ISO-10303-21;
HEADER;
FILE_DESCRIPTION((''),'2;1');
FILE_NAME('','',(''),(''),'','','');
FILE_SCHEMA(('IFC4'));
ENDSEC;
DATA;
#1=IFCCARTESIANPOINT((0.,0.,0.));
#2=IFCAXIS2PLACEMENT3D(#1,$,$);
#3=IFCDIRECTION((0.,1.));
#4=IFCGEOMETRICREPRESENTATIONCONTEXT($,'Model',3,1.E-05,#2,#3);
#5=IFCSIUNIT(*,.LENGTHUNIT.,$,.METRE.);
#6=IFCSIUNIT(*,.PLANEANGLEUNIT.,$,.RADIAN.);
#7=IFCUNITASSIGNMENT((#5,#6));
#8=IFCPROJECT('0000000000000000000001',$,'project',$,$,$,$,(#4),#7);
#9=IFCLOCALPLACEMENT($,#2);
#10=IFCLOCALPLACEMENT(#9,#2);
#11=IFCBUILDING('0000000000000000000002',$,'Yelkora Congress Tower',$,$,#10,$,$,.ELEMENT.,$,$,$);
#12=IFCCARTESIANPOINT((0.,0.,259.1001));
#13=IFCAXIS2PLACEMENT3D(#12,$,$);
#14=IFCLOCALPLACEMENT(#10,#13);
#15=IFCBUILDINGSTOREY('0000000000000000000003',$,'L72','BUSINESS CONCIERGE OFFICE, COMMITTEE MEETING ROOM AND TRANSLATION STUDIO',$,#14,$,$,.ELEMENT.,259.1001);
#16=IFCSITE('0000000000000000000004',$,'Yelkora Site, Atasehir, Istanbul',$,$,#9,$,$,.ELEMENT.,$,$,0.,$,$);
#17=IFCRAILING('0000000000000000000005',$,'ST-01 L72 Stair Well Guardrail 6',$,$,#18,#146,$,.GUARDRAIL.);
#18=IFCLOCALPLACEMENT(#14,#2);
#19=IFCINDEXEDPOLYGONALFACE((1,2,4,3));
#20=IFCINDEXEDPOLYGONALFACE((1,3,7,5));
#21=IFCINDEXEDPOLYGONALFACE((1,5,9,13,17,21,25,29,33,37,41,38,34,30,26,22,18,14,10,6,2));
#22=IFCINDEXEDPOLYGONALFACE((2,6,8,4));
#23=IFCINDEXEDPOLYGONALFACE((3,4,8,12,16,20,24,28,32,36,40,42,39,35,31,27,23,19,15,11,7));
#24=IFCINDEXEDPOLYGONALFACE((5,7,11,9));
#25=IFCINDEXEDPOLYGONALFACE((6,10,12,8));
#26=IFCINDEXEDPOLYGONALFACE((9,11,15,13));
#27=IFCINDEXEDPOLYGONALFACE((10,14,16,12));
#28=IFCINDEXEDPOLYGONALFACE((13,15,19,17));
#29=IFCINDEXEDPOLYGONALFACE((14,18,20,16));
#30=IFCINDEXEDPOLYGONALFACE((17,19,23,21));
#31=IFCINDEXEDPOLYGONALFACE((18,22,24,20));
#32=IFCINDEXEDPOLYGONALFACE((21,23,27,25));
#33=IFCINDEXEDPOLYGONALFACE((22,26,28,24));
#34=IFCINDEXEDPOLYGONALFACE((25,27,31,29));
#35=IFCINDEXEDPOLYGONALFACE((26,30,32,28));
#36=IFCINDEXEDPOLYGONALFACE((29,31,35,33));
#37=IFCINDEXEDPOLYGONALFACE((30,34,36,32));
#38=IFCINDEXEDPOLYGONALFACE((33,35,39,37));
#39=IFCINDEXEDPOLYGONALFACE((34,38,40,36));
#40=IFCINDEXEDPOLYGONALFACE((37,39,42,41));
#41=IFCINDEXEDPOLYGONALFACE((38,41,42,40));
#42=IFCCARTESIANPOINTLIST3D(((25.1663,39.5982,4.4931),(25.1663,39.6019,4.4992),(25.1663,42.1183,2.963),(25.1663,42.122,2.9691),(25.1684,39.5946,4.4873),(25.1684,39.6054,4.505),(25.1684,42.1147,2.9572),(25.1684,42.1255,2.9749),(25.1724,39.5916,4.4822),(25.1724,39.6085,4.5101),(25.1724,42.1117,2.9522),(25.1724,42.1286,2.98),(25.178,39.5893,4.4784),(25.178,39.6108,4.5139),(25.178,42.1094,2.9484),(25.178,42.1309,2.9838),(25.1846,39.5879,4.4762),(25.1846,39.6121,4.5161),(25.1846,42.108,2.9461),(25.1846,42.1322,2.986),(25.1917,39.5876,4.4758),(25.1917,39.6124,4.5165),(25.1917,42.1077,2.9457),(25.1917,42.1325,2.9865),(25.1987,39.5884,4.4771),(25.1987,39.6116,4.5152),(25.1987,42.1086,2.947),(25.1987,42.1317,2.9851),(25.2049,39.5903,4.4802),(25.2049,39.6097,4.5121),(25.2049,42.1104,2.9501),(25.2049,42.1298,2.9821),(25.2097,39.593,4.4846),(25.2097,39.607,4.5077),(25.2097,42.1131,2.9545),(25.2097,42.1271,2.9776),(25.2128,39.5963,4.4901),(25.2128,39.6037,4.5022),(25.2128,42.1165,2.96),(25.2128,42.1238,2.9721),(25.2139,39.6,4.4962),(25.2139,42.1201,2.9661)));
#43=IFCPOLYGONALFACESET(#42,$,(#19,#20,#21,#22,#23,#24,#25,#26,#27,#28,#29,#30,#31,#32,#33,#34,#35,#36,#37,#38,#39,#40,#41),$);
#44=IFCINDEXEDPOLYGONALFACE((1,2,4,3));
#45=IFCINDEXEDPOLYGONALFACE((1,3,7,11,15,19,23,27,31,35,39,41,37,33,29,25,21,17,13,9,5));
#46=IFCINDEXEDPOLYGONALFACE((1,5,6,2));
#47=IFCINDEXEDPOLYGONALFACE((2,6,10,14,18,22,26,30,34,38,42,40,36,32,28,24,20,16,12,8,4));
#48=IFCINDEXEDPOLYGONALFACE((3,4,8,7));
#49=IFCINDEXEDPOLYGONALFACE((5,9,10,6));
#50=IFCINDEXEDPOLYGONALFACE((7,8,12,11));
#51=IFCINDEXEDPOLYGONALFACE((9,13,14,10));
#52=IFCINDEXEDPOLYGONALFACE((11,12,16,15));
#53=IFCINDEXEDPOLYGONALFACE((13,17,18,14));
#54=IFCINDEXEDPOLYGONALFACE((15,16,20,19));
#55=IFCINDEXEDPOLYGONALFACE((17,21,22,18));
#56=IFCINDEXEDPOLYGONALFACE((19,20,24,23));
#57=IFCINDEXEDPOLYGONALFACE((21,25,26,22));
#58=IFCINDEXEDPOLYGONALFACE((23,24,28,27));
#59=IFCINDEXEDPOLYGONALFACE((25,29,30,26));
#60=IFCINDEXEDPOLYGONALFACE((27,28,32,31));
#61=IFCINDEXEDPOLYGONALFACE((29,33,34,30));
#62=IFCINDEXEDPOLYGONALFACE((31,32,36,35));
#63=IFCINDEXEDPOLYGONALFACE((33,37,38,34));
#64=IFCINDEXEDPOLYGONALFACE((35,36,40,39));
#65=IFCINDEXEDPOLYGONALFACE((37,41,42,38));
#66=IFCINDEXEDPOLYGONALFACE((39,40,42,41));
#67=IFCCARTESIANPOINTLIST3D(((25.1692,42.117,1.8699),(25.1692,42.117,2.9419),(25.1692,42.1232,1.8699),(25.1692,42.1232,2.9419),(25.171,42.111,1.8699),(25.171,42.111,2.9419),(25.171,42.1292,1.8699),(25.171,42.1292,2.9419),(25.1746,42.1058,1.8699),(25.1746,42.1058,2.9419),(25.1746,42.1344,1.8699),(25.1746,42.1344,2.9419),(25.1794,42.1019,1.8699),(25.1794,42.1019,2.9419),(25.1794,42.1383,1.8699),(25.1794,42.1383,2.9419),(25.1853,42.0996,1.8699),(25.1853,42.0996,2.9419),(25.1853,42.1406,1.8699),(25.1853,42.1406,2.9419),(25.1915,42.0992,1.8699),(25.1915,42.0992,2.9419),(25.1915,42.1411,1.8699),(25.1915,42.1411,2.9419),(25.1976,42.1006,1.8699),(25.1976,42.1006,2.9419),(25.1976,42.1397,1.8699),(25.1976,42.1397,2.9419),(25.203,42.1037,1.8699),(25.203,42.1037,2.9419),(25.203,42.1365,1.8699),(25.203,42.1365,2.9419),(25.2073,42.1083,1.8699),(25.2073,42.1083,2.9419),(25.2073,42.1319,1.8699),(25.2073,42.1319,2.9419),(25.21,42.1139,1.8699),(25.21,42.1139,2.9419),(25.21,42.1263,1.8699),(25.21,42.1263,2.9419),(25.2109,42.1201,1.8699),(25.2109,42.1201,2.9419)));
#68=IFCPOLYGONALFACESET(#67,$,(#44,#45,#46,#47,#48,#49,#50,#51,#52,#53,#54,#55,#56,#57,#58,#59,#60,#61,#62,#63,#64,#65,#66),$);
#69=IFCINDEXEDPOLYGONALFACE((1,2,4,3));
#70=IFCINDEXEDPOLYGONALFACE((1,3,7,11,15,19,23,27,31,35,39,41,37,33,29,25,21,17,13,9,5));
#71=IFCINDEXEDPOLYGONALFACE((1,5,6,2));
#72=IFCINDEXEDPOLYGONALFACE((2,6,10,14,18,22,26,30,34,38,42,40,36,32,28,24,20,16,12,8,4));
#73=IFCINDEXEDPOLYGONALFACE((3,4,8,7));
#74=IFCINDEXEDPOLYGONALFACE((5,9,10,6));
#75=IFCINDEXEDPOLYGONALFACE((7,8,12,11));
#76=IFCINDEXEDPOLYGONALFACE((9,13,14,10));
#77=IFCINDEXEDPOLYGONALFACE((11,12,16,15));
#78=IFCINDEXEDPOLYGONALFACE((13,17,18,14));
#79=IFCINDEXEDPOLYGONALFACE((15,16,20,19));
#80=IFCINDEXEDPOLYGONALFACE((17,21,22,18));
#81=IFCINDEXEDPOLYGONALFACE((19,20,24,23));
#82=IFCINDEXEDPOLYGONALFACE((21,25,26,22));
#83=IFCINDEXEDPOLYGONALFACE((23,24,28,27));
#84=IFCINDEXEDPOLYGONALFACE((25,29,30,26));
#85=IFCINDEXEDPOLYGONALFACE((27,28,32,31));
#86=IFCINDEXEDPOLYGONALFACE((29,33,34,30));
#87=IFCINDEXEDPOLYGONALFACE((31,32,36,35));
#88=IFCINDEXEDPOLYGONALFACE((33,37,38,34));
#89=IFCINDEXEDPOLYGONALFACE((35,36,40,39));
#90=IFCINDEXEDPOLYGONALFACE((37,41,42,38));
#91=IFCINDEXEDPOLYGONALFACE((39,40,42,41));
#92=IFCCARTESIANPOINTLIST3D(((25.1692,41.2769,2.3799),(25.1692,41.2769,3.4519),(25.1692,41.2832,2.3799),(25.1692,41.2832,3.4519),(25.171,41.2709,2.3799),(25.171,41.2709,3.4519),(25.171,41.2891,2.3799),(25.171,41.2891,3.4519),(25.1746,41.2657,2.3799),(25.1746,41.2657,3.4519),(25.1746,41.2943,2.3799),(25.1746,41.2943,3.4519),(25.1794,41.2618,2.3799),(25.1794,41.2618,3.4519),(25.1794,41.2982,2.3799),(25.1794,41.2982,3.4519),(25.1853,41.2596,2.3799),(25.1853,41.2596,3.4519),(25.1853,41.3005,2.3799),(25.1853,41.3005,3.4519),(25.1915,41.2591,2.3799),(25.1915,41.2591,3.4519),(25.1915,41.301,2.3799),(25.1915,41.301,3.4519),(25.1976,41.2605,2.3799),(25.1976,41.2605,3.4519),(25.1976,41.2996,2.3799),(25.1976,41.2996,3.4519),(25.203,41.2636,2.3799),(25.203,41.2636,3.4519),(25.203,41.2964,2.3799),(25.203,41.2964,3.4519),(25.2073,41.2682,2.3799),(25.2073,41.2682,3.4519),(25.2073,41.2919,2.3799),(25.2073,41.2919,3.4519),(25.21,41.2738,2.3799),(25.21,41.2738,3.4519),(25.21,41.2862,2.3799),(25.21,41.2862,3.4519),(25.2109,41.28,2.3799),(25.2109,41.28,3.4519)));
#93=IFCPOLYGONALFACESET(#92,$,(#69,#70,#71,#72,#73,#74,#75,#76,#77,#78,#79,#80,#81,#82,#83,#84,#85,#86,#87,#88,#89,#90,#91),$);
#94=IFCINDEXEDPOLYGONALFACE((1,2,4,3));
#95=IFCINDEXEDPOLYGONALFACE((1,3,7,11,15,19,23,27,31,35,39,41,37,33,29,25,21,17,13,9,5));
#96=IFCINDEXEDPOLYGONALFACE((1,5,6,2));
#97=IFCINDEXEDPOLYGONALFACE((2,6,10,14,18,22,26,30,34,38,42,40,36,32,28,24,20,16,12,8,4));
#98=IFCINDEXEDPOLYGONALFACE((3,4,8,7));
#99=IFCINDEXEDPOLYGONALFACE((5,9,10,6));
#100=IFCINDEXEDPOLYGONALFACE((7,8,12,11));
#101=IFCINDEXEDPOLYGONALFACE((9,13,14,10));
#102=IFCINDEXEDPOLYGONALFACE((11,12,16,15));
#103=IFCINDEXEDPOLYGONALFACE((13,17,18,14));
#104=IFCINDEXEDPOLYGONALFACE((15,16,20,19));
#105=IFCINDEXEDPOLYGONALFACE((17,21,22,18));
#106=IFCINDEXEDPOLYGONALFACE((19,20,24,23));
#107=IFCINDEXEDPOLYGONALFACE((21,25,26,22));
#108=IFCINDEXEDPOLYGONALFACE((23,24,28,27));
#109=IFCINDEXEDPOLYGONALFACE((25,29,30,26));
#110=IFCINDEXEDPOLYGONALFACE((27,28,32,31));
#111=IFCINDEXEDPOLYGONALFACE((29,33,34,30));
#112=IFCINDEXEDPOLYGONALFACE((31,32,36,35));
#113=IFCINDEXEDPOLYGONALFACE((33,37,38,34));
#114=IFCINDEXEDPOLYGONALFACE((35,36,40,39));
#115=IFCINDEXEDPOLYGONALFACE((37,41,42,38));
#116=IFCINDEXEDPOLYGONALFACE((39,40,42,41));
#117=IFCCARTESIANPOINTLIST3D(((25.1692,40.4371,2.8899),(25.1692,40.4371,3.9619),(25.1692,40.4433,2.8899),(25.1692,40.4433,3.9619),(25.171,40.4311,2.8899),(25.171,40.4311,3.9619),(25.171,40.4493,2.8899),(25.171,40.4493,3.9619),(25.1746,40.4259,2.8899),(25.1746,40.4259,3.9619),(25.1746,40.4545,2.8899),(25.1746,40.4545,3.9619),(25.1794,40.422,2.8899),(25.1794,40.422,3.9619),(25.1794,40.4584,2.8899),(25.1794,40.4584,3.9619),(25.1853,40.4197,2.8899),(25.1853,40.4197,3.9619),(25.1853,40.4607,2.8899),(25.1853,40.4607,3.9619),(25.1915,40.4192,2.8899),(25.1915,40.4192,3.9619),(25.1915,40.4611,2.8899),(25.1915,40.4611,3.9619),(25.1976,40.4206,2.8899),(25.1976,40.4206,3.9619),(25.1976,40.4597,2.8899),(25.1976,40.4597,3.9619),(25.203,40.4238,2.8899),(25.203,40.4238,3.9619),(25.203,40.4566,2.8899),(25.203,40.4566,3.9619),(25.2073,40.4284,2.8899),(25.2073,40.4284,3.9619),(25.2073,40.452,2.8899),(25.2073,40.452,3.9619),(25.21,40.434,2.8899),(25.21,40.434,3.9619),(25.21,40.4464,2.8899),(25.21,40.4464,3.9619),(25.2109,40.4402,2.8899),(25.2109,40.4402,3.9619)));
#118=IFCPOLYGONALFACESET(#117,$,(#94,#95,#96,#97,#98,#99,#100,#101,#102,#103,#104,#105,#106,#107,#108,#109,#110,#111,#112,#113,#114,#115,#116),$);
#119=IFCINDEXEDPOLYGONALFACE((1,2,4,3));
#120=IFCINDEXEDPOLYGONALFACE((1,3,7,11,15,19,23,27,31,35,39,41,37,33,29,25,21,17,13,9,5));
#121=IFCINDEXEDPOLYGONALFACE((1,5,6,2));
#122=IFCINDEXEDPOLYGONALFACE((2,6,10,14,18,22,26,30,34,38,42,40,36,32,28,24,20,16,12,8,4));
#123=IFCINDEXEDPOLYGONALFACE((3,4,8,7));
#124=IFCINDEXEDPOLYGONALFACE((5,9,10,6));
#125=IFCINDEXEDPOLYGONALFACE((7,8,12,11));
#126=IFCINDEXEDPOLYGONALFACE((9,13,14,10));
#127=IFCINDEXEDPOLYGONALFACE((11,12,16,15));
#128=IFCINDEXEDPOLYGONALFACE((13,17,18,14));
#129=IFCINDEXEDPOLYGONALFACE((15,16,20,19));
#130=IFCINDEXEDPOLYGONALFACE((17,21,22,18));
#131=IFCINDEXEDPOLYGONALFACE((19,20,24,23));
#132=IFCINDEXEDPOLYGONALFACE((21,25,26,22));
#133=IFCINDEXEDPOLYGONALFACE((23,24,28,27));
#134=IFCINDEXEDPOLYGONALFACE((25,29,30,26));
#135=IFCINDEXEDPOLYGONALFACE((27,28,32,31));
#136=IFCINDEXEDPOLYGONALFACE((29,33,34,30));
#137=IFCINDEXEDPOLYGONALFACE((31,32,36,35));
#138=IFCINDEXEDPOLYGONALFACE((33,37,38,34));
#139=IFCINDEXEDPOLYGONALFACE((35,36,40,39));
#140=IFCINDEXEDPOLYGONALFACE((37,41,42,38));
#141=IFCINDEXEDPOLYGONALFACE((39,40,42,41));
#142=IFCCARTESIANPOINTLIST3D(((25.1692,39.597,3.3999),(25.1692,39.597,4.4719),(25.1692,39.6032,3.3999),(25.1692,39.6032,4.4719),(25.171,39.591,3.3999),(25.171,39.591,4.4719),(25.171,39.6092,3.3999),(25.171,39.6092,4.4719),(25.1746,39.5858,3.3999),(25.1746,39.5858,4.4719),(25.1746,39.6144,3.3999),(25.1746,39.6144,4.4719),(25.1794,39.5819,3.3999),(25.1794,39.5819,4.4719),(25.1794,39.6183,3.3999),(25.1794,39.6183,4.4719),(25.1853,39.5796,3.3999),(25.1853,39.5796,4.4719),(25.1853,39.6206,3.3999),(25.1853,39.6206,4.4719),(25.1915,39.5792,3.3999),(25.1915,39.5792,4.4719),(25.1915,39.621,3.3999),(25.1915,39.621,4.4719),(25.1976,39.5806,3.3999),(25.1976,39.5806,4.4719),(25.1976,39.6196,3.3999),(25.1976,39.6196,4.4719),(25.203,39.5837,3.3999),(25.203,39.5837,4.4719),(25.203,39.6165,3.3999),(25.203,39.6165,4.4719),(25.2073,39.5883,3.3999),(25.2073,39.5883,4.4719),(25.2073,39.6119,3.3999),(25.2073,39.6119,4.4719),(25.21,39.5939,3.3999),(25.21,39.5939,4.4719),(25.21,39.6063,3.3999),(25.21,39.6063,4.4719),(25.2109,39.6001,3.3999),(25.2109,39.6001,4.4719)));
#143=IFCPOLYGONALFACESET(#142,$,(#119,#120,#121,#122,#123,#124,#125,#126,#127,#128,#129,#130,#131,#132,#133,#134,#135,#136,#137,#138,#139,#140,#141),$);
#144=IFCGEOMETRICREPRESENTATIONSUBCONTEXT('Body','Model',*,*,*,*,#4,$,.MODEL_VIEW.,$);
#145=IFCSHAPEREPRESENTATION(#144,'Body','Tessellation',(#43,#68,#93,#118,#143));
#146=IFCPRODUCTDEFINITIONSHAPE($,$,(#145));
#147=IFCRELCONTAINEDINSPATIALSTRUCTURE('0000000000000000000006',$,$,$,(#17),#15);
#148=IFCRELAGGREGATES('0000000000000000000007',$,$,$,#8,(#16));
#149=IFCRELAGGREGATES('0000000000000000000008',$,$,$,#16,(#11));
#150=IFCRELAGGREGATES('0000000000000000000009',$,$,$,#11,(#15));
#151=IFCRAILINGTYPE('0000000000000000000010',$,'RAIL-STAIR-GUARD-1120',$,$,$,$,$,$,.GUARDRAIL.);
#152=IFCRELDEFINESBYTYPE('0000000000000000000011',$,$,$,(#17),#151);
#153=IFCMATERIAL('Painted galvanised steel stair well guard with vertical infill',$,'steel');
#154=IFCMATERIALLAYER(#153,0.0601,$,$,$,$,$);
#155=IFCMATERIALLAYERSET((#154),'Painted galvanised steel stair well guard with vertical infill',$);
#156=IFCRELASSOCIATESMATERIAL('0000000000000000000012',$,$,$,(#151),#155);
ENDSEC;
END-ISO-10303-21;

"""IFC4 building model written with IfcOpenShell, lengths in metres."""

from ifc_helpers import new_model, si_unit, direction, frame, origin, origin_2d, place, context, subcontext, project, spatial, circle, extrude, material, layer, layer_set, type_object, element, save


model = new_model("IFC4")

# Units and contexts
model_context = context("Model", 3, precision=1e-05, world=origin(), true_north=direction((0.0, 1.0)))
body_context = subcontext(model_context, "Body", "Model", "MODEL_VIEW")
ifc_project = project(units=[si_unit("LENGTHUNIT", "METRE"), si_unit("PLANEANGLEUNIT", "RADIAN")], contexts=[model_context])

# Site, building, storey
site_placement = place(None, origin())
site = spatial("IfcSite", under=ifc_project, at=site_placement, Name="Yelkora Site, Atasehir, Istanbul", CompositionType="ELEMENT", RefElevation=0.0)
building_placement = place(site_placement, origin())
building = spatial("IfcBuilding", under=site, at=building_placement, Name="Yelkora Congress Tower", CompositionType="ELEMENT")
storey_placement = place(building_placement, frame((0.0, 0.0, 259.1001)))
storey = spatial("IfcBuildingStorey", under=building, at=storey_placement, Name="L72", Description="BUSINESS CONCIERGE OFFICE, COMMITTEE MEETING ROOM AND TRANSLATION STUDIO", CompositionType="ELEMENT", Elevation=259.1001)

# Railing
ifc_material_1 = material(Name="Painted galvanised steel stair well guard with vertical infill", Category="steel")
ifc_layer_1 = layer(ifc_material_1, 0.0601)
ifc_layer_set_1 = layer_set([ifc_layer_1], Name="Painted galvanised steel stair well guard with vertical infill")
railing_type_1 = type_object("IfcRailingType", Name="RAIL-STAIR-GUARD-1120", PredefinedType="GUARDRAIL", material=ifc_layer_set_1)
railing_1_placement = place(storey_placement, frame((25.1899, 42.1201, 1.8699)))
element("IfcRailing", 1, at=railing_1_placement, inside=storey, type_object=railing_type_1, Name="ST-01 L72 Stair Well Guardrail 6", PredefinedType="GUARDRAIL", context=body_context, shape_type="SweptSolid", body=[
    extrude(circle(Radius=0.0239, at=origin_2d()), frame((0.0, 0.0, 1.0962), z_axis=(0.0, -0.854785, 0.518982), x_axis=(1.0, 0.0, 0.0)), (0.0, 0.0, 1.0), 2.9482),
    extrude(circle(Radius=0.021, at=origin_2d()), origin(), (0.0, 0.0, 1.0), 1.072),
    extrude(circle(Radius=0.021, at=origin_2d()), frame((0.0, -0.8401, 0.51)), (0.0, 0.0, 1.0), 1.072),
    extrude(circle(Radius=0.021, at=origin_2d()), frame((0.0, -1.6799, 1.02)), (0.0, 0.0, 1.0), 1.072),
    extrude(circle(Radius=0.021, at=origin_2d()), frame((0.0, -2.52, 1.53)), (0.0, 0.0, 1.0), 1.072),
])

save(model, "model.ifc")
